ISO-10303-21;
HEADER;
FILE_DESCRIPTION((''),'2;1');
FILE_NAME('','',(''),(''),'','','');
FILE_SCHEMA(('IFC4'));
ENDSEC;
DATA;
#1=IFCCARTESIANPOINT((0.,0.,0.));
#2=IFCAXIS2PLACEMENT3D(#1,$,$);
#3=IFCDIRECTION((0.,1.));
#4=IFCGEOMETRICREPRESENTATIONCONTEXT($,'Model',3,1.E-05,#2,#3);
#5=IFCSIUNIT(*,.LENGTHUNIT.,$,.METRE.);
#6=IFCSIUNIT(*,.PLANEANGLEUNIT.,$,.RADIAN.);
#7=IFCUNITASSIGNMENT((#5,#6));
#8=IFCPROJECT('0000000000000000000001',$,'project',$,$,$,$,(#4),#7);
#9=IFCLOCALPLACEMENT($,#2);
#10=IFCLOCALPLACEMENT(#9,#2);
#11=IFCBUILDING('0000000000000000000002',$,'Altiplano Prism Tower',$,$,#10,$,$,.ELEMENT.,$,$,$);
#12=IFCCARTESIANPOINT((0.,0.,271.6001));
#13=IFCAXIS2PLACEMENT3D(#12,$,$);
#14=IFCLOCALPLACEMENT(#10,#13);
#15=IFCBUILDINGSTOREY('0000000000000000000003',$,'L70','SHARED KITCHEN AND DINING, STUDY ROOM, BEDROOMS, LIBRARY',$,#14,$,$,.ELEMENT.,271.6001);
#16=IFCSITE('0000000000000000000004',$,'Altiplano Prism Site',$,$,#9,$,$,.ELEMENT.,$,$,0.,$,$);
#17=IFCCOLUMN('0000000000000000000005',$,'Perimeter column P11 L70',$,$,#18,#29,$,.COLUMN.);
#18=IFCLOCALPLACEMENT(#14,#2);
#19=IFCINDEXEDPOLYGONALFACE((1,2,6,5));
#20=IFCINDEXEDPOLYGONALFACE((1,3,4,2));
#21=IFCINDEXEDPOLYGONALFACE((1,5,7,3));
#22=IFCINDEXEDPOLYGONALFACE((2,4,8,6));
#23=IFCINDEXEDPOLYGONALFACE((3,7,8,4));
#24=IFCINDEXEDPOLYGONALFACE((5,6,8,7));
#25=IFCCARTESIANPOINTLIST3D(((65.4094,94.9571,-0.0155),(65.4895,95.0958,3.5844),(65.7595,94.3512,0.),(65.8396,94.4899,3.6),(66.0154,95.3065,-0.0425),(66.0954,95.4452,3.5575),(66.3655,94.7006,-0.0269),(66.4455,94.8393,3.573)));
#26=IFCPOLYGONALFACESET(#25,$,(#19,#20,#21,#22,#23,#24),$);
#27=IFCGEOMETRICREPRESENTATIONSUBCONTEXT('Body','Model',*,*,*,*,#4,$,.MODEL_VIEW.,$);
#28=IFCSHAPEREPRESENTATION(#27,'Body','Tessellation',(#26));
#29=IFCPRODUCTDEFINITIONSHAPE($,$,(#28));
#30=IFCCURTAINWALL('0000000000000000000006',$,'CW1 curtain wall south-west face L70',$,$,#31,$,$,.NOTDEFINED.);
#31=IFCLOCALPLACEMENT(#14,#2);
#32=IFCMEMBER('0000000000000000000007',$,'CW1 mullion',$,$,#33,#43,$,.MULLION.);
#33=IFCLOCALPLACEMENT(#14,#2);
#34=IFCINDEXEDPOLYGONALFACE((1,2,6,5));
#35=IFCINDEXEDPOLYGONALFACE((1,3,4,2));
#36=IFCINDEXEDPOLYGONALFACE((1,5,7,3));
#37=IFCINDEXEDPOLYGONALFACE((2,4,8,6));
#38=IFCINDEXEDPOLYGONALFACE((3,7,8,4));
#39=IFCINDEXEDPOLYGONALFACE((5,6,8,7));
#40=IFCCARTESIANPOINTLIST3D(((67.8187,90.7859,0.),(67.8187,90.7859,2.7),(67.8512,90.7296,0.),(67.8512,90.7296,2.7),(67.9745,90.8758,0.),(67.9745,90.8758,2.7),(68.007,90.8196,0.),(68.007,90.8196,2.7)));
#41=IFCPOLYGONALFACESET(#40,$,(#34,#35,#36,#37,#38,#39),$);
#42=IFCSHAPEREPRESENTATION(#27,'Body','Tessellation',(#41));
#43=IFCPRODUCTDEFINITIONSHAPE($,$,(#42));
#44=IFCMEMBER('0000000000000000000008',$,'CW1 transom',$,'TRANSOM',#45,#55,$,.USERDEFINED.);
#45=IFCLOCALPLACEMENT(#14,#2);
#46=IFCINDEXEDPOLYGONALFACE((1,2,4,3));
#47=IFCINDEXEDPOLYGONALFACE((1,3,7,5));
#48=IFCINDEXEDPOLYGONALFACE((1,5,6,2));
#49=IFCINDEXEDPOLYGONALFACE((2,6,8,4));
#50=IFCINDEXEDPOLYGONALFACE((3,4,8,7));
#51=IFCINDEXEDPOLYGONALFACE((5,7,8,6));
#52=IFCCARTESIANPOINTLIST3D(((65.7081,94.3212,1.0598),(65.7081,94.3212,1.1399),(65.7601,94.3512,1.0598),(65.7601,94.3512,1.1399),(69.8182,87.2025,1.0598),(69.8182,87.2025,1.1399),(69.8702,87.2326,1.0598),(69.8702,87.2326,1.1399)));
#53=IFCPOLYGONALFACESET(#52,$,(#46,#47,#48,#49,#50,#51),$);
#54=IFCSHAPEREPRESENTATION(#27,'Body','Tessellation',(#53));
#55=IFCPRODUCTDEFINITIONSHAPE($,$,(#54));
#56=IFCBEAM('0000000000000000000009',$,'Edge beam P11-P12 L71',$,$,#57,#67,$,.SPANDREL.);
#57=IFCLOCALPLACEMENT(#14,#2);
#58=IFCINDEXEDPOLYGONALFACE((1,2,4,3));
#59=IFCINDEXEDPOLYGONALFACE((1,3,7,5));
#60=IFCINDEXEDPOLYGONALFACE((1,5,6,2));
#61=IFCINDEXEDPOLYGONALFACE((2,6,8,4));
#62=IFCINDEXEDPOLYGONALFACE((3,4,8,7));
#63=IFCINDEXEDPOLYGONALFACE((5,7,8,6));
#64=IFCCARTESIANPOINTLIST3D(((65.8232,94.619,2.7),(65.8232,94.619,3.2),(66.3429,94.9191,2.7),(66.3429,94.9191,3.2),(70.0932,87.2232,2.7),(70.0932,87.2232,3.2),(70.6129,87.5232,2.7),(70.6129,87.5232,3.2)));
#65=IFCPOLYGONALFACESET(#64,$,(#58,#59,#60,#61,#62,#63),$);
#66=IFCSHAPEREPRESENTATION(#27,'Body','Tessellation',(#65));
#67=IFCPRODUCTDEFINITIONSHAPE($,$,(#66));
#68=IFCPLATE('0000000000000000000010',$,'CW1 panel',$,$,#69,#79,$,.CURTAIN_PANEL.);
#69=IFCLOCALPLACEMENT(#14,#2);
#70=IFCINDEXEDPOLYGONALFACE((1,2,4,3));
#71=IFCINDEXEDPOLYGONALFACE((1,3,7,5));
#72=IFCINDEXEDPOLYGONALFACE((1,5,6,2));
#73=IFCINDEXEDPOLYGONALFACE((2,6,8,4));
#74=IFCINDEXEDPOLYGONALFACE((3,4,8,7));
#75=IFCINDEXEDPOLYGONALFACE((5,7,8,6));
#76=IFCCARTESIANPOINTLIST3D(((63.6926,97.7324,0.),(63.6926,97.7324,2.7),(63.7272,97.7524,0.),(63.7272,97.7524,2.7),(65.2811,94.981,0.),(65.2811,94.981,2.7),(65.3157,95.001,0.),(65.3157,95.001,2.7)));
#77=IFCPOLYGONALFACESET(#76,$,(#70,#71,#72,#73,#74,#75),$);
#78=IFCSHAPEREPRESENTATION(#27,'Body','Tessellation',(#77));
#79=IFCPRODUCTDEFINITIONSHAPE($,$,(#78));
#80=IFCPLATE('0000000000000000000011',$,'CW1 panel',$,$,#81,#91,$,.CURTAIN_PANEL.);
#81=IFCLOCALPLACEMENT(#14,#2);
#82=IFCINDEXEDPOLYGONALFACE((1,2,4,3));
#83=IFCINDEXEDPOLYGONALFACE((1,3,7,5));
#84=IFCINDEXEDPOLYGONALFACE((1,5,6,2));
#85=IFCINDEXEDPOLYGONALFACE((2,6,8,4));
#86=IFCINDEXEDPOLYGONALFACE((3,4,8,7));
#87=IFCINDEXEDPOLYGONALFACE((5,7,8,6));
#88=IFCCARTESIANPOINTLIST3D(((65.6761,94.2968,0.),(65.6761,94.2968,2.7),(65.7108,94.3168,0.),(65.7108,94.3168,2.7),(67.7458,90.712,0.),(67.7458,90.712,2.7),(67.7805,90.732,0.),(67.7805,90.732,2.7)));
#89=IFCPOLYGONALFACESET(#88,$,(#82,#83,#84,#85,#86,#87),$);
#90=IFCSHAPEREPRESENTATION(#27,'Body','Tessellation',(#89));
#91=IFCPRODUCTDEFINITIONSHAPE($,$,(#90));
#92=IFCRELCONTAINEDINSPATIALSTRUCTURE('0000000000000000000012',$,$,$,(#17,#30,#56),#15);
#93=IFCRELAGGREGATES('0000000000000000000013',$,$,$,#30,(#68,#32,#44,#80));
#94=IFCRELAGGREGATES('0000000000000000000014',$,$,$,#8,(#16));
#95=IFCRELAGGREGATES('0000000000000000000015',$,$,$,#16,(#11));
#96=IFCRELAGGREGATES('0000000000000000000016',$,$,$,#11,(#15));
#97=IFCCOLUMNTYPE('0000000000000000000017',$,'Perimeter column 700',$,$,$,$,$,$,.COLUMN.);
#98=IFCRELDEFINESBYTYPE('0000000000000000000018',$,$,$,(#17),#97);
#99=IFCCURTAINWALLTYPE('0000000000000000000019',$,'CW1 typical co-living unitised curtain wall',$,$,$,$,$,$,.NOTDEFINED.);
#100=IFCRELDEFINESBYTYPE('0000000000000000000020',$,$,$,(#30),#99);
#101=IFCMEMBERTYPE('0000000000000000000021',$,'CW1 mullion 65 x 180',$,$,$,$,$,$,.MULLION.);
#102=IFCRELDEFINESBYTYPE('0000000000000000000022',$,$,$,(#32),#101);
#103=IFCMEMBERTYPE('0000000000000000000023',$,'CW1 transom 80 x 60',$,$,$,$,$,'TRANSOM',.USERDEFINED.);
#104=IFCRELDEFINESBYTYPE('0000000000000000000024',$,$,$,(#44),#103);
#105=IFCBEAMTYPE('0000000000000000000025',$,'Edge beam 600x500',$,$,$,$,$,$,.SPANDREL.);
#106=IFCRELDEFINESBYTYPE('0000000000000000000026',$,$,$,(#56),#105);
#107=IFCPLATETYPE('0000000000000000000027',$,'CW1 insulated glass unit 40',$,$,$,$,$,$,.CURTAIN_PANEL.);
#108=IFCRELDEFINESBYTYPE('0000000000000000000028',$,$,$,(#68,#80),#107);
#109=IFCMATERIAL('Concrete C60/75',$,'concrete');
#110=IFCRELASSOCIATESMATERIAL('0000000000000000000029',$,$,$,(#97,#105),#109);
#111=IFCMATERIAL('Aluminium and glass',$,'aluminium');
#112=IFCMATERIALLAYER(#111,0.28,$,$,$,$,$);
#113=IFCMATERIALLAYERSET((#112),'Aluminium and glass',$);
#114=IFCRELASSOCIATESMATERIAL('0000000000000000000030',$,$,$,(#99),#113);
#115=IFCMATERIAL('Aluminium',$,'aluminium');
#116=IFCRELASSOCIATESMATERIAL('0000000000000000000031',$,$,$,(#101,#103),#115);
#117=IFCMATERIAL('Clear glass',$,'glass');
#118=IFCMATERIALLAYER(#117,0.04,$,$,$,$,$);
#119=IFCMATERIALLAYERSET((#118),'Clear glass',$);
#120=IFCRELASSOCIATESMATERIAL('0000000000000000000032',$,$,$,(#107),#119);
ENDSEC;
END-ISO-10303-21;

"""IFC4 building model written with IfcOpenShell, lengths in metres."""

from ifc_helpers import new_model, si_unit, direction, frame, origin, origin_2d, place, context, subcontext, project, spatial, rectangle, extrude, material, layer, layer_set, material_profile, profile_set, type_object, element, aggregate, save


model = new_model("IFC4")

# Units and contexts
model_context = context("Model", 3, precision=1e-05, world=origin(), true_north=direction((0.0, 1.0)))
body_context = subcontext(model_context, "Body", "Model", "MODEL_VIEW")
ifc_project = project(units=[si_unit("LENGTHUNIT", "METRE"), si_unit("PLANEANGLEUNIT", "RADIAN")], contexts=[model_context])

# Site, building, storey
site_placement = place(None, origin())
site = spatial("IfcSite", under=ifc_project, at=site_placement, Name="Altiplano Prism Site", CompositionType="ELEMENT", RefElevation=0.0)
building_placement = place(site_placement, origin())
building = spatial("IfcBuilding", under=site, at=building_placement, Name="Altiplano Prism Tower", CompositionType="ELEMENT")
storey_placement = place(building_placement, frame((0.0, 0.0, 271.6001)))
storey = spatial("IfcBuildingStorey", under=building, at=storey_placement, Name="L70", Description="SHARED KITCHEN AND DINING, STUDY ROOM, BEDROOMS, LIBRARY", CompositionType="ELEMENT", Elevation=271.6001)

# Column
ifc_material_1 = material(Name="Concrete C60/75", Category="concrete")
ifc_material_profile_1 = material_profile(ifc_material_1, rectangle(XDim=0.7, YDim=0.7, at=origin_2d()), Name="Perimeter column 700")
ifc_profile_set_1 = profile_set([ifc_material_profile_1], Name="Concrete C60/75")
column_type = type_object("IfcColumnType", Name="Perimeter column 700", PredefinedType="COLUMN", material=ifc_profile_set_1)
column_placement = place(storey_placement, frame((65.8875, 94.8289, -0.0212), z_axis=(0.022223, 0.038483, 0.999012), x_axis=(-0.865639, -0.499187, 0.038485)))
element("IfcColumn", 1, at=column_placement, inside=storey, type_object=column_type, Name="Perimeter column P11 L70", PredefinedType="COLUMN", context=body_context, shape_type="SweptSolid", body=[
    extrude(rectangle(XDim=0.7, YDim=0.7, at=origin_2d()), origin(), (0.0, 0.0, 1.0), 3.6035),
])

# Curtain wall, members
ifc_material_2 = material(Name="Aluminium and glass", Category="aluminium")
ifc_layer_1 = layer(ifc_material_2, 0.28)
ifc_layer_set_1 = layer_set([ifc_layer_1], Name="Aluminium and glass")
curtain_wall_type = type_object("IfcCurtainWallType", Name="CW1 typical co-living unitised curtain wall", PredefinedType="NOTDEFINED", material=ifc_layer_set_1)
curtain_wall_placement = place(storey_placement, origin())
curtain_wall = element("IfcCurtainWall", 2, at=curtain_wall_placement, inside=storey, type_object=curtain_wall_type, Name="CW1 curtain wall south-west face L70", PredefinedType="NOTDEFINED")
ifc_material_3 = material(Name="Aluminium", Category="aluminium")
ifc_material_profile_2 = material_profile(ifc_material_3, rectangle(XDim=0.1799, YDim=0.0649, at=origin_2d()), Name="CW1 mullion 65 x 180")
ifc_profile_set_2 = profile_set([ifc_material_profile_2], Name="Aluminium")
member_type_1 = type_object("IfcMemberType", Name="CW1 mullion 65 x 180", PredefinedType="MULLION", material=ifc_profile_set_2)
member_1_placement = place(storey_placement, frame((67.9128, 90.8027, 0.0), z_axis=(0.0, 0.0, 1.0), x_axis=(0.866025, 0.5, 0.0)))
member_1 = element("IfcMember", 3, at=member_1_placement, type_object=member_type_1, Name="CW1 mullion", PredefinedType="MULLION", context=body_context, shape_type="SweptSolid", body=[
    extrude(rectangle(XDim=0.1799, YDim=0.0649, at=origin_2d()), origin(), (0.0, 0.0, 1.0), 2.7),
])
ifc_material_profile_3 = material_profile(ifc_material_3, rectangle(XDim=0.0601, YDim=0.0801, at=origin_2d()), Name="CW1 transom 80 x 60")
ifc_profile_set_3 = profile_set([ifc_material_profile_3], Name="Aluminium")
member_type_2 = type_object("IfcMemberType", Name="CW1 transom 80 x 60", ElementType="TRANSOM", PredefinedType="USERDEFINED", material=ifc_profile_set_3)
member_2_placement = place(storey_placement, frame((65.7341, 94.3362, 1.0999), z_axis=(0.500014, -0.866017, 0.0), x_axis=(0.866017, 0.500014, 0.0)))
member_2 = element("IfcMember", 4, at=member_2_placement, type_object=member_type_2, Name="CW1 transom", ObjectType="TRANSOM", PredefinedType="USERDEFINED", context=body_context, shape_type="SweptSolid", body=[
    extrude(rectangle(XDim=0.0601, YDim=0.0801, at=origin_2d()), origin(), (0.0, 0.0, 1.0), 8.22),
])

# Beam
ifc_material_profile_4 = material_profile(ifc_material_1, rectangle(XDim=0.6001, YDim=0.5, at=origin_2d()), Name="Edge beam 600x500")
ifc_profile_set_4 = profile_set([ifc_material_profile_4], Name="Concrete C60/75")
beam_type = type_object("IfcBeamType", Name="Edge beam 600x500", PredefinedType="SPANDREL", material=ifc_profile_set_4)
beam_placement = place(storey_placement, frame((66.083, 94.769, 2.95), z_axis=(0.500007, -0.866021, 0.0), x_axis=(0.866021, 0.500007, 0.0)))
element("IfcBeam", 5, at=beam_placement, inside=storey, type_object=beam_type, Name="Edge beam P11-P12 L71", PredefinedType="SPANDREL", context=body_context, shape_type="SweptSolid", body=[
    extrude(rectangle(XDim=0.6001, YDim=0.5, at=origin_2d()), origin(), (0.0, 0.0, 1.0), 8.54),
])

# Plates
ifc_material_4 = material(Name="Clear glass", Category="glass")
ifc_layer_2 = layer(ifc_material_4, 0.04)
ifc_layer_set_2 = layer_set([ifc_layer_2], Name="Clear glass")
plate_type = type_object("IfcPlateType", Name="CW1 insulated glass unit 40", PredefinedType="CURTAIN_PANEL", material=ifc_layer_set_2)
plate_1_placement = place(storey_placement, frame((64.5042, 96.3667, 0.0), z_axis=(0.0, 0.0, 1.0), x_axis=(0.5, -0.866025, 0.0)))
plate_1 = element("IfcPlate", 6, at=plate_1_placement, type_object=plate_type, Name="CW1 panel", PredefinedType="CURTAIN_PANEL", context=body_context, shape_type="SweptSolid", body=[
    extrude(rectangle(XDim=3.177, YDim=0.04, at=origin_2d()), origin(), (0.0, 0.0, 1.0), 2.7),
])
plate_2_placement = place(storey_placement, frame((66.7283, 92.5144, 0.0), z_axis=(0.0, 0.0, 1.0), x_axis=(0.5, -0.866025, 0.0)))
plate_2 = element("IfcPlate", 7, at=plate_2_placement, type_object=plate_type, Name="CW1 panel", PredefinedType="CURTAIN_PANEL", context=body_context, shape_type="SweptSolid", body=[
    extrude(rectangle(XDim=4.1394, YDim=0.04, at=origin_2d()), origin(), (0.0, 0.0, 1.0), 2.7),
])
aggregate(curtain_wall, [plate_1, member_1, member_2, plate_2])

save(model, "model.ifc")
